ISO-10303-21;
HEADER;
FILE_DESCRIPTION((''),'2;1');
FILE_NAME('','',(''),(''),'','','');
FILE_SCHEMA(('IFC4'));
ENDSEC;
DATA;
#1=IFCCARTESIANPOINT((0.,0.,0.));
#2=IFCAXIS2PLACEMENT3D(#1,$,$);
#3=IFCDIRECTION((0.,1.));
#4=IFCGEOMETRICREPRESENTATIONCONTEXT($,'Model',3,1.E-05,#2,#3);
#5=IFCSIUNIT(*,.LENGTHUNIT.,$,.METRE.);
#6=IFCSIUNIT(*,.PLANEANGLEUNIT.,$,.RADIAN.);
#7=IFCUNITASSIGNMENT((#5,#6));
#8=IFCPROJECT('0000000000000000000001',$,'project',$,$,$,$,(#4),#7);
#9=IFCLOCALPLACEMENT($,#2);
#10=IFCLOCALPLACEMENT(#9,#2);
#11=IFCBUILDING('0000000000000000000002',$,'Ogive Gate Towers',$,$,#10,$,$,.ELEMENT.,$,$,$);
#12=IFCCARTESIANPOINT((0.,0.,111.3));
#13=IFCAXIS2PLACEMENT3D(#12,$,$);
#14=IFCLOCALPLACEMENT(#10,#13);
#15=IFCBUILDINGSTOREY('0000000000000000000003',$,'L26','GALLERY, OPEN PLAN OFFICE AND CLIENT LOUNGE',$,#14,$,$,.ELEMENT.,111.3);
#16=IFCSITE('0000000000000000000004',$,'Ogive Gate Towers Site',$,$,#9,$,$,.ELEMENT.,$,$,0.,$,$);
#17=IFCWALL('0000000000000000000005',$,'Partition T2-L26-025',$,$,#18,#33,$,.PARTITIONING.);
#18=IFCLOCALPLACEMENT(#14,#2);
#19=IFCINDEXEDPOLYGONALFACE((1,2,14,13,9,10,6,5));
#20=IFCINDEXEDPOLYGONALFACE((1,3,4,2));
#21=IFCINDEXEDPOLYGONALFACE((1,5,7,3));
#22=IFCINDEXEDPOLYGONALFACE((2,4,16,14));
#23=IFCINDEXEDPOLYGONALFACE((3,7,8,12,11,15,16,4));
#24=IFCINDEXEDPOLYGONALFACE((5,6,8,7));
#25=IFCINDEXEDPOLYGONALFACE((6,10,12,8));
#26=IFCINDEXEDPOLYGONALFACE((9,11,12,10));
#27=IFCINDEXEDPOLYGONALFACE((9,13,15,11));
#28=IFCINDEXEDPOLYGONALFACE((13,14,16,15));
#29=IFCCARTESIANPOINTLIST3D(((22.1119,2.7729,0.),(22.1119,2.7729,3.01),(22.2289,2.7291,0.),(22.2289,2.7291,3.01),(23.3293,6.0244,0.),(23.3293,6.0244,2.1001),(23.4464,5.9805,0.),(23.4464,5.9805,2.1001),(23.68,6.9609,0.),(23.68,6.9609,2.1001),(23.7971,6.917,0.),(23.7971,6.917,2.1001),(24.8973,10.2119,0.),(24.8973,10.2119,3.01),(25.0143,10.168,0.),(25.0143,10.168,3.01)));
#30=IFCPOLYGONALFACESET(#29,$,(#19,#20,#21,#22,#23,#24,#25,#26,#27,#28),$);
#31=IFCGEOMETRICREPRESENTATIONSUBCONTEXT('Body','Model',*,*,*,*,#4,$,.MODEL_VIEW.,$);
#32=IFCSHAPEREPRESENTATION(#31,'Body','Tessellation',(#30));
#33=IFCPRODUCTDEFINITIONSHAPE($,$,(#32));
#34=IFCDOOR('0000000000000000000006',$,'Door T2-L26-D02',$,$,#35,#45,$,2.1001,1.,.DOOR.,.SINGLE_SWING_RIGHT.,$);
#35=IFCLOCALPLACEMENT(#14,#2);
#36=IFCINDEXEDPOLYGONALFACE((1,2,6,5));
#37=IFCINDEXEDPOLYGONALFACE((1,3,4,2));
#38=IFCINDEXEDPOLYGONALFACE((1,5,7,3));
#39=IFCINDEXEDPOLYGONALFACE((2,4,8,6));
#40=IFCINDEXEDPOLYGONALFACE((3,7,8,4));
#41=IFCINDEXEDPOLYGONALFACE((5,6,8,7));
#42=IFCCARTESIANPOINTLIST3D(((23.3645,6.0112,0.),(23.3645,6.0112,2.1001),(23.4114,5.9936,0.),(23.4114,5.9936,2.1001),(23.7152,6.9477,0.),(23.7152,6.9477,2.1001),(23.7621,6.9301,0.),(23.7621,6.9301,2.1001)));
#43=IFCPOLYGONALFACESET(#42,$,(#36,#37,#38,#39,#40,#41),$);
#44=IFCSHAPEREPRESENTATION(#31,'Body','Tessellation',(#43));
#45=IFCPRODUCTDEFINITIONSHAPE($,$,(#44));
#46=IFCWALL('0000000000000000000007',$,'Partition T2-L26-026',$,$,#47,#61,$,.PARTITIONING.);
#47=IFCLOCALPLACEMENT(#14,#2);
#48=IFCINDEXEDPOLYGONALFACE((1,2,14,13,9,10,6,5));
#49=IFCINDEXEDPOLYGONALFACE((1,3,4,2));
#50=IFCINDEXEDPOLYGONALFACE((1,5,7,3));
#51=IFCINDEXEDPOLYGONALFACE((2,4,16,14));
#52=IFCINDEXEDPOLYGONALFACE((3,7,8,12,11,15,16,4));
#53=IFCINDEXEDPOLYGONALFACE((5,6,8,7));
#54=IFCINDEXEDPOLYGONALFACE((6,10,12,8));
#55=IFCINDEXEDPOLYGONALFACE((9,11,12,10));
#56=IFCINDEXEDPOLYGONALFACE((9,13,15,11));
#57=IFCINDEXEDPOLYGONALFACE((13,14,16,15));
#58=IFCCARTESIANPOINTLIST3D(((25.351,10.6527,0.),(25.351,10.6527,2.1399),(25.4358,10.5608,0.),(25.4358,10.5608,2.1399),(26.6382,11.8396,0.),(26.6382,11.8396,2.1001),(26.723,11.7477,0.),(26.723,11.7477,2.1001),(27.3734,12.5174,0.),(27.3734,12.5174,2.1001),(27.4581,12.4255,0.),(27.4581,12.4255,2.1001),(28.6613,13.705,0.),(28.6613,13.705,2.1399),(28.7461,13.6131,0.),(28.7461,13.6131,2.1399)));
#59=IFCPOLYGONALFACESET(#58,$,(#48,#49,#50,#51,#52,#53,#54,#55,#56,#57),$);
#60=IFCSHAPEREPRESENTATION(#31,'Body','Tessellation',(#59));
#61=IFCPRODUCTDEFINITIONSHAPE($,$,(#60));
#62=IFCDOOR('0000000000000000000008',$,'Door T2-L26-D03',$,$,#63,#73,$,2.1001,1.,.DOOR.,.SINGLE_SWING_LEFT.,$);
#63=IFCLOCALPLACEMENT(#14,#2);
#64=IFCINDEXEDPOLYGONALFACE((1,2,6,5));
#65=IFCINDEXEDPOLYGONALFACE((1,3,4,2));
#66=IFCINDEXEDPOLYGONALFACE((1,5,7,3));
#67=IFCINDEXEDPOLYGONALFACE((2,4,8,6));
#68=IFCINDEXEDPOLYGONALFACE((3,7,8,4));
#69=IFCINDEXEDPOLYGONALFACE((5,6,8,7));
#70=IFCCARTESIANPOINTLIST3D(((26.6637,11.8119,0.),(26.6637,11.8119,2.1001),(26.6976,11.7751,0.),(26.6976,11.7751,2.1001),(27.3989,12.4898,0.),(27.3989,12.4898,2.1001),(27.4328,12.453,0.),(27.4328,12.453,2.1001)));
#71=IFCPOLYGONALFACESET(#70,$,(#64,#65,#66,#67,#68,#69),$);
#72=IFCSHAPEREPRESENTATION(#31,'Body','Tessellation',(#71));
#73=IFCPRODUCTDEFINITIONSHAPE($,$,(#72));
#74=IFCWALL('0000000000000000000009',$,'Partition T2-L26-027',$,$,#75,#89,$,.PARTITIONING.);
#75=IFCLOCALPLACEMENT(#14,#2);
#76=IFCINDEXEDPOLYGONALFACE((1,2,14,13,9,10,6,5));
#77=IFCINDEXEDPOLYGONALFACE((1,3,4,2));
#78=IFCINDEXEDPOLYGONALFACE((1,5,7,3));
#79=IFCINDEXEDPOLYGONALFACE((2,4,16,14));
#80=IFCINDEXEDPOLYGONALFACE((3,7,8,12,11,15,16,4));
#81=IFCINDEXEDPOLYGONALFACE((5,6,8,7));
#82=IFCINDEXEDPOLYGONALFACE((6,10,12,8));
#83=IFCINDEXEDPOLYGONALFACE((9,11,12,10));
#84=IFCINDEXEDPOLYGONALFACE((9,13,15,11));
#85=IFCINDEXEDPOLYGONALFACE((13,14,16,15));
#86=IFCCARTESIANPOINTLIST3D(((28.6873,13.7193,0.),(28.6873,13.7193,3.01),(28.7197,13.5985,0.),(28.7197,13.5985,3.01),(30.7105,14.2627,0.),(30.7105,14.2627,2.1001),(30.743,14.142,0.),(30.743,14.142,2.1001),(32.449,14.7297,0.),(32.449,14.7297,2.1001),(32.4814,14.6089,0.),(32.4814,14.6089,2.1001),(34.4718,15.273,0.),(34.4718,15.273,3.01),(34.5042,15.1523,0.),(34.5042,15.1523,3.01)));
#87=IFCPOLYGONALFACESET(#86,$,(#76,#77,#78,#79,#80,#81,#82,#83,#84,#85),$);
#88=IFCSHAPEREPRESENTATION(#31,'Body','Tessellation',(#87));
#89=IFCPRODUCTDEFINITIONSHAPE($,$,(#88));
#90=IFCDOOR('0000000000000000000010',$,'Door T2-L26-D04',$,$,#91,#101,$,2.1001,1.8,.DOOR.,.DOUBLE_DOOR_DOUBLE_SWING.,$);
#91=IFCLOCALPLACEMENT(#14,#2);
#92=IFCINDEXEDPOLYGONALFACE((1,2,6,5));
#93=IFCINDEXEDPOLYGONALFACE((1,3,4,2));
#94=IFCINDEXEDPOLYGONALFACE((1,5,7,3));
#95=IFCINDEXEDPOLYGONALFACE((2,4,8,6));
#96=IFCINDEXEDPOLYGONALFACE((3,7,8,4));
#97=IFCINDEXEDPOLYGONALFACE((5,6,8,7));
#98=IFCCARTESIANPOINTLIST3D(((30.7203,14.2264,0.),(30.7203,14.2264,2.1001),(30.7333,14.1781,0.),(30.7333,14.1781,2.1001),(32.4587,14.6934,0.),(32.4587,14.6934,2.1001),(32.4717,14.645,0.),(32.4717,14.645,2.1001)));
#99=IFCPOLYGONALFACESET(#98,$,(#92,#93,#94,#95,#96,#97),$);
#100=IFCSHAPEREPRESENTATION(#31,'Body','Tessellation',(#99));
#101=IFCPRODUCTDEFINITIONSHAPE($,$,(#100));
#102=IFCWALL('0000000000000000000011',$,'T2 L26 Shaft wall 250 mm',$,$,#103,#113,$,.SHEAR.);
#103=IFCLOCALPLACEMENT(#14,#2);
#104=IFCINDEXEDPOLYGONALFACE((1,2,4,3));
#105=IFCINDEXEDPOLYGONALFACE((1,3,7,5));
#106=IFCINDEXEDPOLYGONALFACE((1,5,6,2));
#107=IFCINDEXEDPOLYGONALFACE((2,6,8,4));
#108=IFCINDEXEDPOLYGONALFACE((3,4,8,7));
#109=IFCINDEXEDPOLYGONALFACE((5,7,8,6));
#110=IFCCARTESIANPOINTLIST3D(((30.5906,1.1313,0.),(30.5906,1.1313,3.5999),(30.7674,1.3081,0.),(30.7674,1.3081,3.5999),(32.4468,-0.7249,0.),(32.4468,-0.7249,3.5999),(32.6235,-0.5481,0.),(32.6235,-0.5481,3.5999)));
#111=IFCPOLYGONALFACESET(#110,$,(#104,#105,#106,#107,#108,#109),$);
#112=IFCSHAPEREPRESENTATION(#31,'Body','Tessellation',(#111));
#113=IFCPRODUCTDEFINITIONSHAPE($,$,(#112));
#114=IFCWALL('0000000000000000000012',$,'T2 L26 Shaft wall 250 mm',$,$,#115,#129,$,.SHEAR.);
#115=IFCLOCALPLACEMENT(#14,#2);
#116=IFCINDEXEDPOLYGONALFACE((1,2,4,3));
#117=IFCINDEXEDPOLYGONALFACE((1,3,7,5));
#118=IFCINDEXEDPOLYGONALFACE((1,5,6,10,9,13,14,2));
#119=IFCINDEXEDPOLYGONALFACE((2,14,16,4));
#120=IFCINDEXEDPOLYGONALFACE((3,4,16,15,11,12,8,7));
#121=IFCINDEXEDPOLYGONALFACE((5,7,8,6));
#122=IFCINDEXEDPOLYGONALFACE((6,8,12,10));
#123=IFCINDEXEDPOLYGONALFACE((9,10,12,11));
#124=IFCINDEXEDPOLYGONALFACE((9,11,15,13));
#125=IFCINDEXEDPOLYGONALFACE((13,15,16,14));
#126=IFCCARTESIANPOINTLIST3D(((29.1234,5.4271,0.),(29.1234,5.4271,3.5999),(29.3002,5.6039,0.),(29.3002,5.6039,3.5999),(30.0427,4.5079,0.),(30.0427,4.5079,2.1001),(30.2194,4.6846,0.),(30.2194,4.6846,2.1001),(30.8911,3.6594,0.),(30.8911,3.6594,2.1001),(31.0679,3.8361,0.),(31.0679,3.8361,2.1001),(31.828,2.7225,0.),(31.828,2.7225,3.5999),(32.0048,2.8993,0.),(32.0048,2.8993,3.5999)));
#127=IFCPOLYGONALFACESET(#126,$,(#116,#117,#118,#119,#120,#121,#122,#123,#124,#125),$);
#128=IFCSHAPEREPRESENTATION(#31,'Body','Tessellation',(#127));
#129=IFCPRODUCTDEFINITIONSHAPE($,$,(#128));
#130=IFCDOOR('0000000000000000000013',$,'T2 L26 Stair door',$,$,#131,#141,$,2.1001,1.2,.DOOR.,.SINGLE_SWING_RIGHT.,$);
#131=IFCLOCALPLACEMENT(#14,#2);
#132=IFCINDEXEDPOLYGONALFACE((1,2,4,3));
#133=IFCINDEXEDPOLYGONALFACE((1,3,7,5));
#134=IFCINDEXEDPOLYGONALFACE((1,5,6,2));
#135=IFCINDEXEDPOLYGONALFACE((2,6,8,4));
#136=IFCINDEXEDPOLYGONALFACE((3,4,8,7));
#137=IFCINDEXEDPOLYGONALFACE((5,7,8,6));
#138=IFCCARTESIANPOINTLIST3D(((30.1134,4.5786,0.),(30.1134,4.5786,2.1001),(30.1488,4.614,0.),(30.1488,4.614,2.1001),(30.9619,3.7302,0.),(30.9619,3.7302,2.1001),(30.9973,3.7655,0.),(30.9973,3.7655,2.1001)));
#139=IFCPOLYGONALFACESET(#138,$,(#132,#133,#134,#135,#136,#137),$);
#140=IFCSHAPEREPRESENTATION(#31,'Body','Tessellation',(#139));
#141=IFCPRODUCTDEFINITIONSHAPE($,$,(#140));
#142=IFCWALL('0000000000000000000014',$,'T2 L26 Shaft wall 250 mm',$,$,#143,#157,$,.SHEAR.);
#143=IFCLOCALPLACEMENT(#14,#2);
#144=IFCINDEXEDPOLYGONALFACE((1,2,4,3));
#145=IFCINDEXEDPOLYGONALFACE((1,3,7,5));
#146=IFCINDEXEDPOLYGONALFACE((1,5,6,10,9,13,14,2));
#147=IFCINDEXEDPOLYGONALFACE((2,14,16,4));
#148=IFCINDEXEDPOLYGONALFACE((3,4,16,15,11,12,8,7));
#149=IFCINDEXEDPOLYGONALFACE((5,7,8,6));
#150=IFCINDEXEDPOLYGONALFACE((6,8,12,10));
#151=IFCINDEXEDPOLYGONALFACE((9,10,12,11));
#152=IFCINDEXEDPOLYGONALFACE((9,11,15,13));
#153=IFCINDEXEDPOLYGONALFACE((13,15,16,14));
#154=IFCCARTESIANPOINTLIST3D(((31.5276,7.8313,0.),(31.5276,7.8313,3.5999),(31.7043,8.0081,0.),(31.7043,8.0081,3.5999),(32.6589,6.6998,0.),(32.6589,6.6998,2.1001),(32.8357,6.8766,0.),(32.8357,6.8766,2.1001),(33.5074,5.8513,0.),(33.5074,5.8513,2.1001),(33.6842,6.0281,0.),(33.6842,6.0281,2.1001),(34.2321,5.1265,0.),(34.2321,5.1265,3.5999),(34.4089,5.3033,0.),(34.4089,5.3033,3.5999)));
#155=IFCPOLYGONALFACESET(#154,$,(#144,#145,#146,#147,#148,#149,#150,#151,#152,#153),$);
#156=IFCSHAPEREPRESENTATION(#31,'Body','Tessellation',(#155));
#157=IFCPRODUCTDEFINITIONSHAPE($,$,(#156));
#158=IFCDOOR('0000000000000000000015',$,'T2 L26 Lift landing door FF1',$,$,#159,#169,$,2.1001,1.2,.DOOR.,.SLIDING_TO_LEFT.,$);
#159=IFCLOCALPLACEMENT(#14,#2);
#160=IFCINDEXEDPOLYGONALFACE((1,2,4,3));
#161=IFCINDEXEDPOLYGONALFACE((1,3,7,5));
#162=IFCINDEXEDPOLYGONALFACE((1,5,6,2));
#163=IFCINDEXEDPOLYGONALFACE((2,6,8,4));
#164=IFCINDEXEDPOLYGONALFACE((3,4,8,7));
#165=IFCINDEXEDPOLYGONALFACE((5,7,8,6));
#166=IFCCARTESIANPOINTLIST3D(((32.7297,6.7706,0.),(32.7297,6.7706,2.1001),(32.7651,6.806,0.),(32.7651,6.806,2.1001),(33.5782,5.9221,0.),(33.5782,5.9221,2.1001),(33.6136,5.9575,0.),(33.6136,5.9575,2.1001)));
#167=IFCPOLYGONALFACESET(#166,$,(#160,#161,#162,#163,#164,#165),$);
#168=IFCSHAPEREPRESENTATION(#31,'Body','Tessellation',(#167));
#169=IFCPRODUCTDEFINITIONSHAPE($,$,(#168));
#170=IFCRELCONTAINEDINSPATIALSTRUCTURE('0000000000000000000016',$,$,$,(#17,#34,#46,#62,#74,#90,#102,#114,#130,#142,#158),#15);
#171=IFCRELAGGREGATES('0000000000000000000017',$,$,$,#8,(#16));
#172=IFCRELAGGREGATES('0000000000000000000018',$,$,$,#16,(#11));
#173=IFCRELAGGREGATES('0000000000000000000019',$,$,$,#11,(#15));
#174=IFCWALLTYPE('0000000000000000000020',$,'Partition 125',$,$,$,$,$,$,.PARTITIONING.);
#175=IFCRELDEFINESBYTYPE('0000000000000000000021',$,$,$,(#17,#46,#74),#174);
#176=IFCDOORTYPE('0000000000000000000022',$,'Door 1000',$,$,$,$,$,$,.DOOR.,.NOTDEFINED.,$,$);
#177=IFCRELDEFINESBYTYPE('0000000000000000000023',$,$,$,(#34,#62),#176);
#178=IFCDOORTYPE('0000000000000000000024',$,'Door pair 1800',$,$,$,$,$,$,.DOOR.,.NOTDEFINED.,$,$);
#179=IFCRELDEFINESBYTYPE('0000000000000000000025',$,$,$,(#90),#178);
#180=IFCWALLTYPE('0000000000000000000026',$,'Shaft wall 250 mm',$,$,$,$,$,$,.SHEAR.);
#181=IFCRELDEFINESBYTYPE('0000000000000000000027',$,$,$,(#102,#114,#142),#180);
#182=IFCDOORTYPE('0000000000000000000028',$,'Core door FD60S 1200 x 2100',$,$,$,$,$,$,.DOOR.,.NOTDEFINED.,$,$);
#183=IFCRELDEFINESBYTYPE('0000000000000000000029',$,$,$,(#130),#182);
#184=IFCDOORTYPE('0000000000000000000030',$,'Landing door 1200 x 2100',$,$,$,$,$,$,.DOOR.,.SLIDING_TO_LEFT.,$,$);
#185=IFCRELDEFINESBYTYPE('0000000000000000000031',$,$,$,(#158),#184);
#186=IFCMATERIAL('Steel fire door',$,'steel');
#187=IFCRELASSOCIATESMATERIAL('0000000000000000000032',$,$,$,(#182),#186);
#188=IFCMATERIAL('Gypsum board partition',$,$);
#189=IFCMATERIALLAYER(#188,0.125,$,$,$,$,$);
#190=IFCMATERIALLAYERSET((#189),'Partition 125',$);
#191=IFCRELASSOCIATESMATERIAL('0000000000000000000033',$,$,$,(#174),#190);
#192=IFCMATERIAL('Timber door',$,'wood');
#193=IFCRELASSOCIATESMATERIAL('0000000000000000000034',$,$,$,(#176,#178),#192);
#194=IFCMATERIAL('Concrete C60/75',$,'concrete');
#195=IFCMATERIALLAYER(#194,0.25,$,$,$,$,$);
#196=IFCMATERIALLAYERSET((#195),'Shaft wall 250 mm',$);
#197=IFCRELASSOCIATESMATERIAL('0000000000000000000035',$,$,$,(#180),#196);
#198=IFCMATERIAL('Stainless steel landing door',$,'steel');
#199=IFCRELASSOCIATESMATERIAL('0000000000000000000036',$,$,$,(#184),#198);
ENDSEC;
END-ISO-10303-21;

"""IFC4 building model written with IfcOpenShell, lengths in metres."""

from ifc_helpers import new_model, si_unit, direction, frame, frame_2d, origin, place, context, subcontext, project, spatial, rectangle, extrude, material, layer, layer_set, type_object, element, fill, save


model = new_model("IFC4")

# Units and contexts
model_context = context("Model", 3, precision=1e-05, world=origin(), true_north=direction((0.0, 1.0)))
body_context = subcontext(model_context, "Body", "Model", "MODEL_VIEW")
ifc_project = project(units=[si_unit("LENGTHUNIT", "METRE"), si_unit("PLANEANGLEUNIT", "RADIAN")], contexts=[model_context])

# Site, building, storey
site_placement = place(None, origin())
site = spatial("IfcSite", under=ifc_project, at=site_placement, Name="Ogive Gate Towers Site", CompositionType="ELEMENT", RefElevation=0.0)
building_placement = place(site_placement, origin())
building = spatial("IfcBuilding", under=site, at=building_placement, Name="Ogive Gate Towers", CompositionType="ELEMENT")
storey_placement = place(building_placement, frame((0.0, 0.0, 111.3)))
storey = spatial("IfcBuildingStorey", under=building, at=storey_placement, Name="L26", Description="GALLERY, OPEN PLAN OFFICE AND CLIENT LOUNGE", CompositionType="ELEMENT", Elevation=111.3)

# Shared definitions
ifc_material_1 = material(Name="Concrete C60/75", Category="concrete")
ifc_material_2 = material(Name="Timber door", Category="wood")
ifc_material_3 = material(Name="Steel fire door", Category="steel")
door_type_1 = type_object("IfcDoorType", Name="Core door FD60S 1200 x 2100", OperationType="NOTDEFINED", PredefinedType="DOOR", material=ifc_material_3)

# Shared definitions
ifc_material_4 = material(Name="Gypsum board partition")
ifc_layer_1 = layer(ifc_material_4, 0.125)
ifc_layer_set_1 = layer_set([ifc_layer_1], Name="Partition 125")
wall_type_1 = type_object("IfcWallType", Name="Partition 125", PredefinedType="PARTITIONING", material=ifc_layer_set_1)

# Walls, openings, doors
wall_1_placement = place(storey_placement, frame((22.1704, 2.751, 0.0), z_axis=(0.0, 0.0, 1.0), x_axis=(0.350659, 0.936503, 0.0)))
wall_1 = element("IfcWall", 1, at=wall_1_placement, inside=storey, type_object=wall_type_1, Name="Partition T2-L26-025", PredefinedType="PARTITIONING", context=body_context, shape_type="SweptSolid", body=[
    extrude(rectangle(XDim=7.9434, YDim=0.125, at=frame_2d((3.9717, 0.0))), origin(), (0.0, 0.0, 1.0), 3.01),
])
opening_1_placement = place(wall_1_placement, frame((3.4719, 0.0, 0.0)))
opening_1 = element("IfcOpeningElement", 2, at=opening_1_placement, cuts=wall_1, PredefinedType="OPENING", context=body_context, shape_type="SweptSolid", body=[
    extrude(rectangle(XDim=1.0, YDim=2.1001, at=frame_2d((0.5, 1.05))), frame((0.0, 0.0725, 0.0), z_axis=(0.0, -1.0, 0.0), x_axis=(1.0, 0.0, 0.0)), (0.0, 0.0, 1.0), 0.145),
])
door_type_2 = type_object("IfcDoorType", Name="Door 1000", OperationType="NOTDEFINED", PredefinedType="DOOR", material=ifc_material_2)
door_1_placement = place(opening_1_placement, origin())
door_1 = element("IfcDoor", 3, at=door_1_placement, inside=storey, type_object=door_type_2, Name="Door T2-L26-D02", OperationType="SINGLE_SWING_RIGHT", OverallHeight=2.1001, OverallWidth=1.0, PredefinedType="DOOR", context=body_context, shape_type="SweptSolid", body=[
    extrude(rectangle(XDim=1.0, YDim=2.1001, at=frame_2d((0.5, 1.05))), frame((0.0, 0.0249, 0.0), z_axis=(0.0, -1.0, 0.0), x_axis=(1.0, 0.0, 0.0)), (0.0, 0.0, 1.0), 0.05),
])
fill(opening_1, door_1)
wall_2_placement = place(storey_placement, frame((25.3933, 10.6067, 0.0), z_axis=(0.0, 0.0, 1.0), x_axis=(0.735182, 0.67787, 0.0)))
wall_2 = element("IfcWall", 4, at=wall_2_placement, inside=storey, type_object=wall_type_1, Name="Partition T2-L26-026", PredefinedType="PARTITIONING", context=body_context, shape_type="SweptSolid", body=[
    extrude(rectangle(XDim=4.5027, YDim=0.125, at=frame_2d((2.2515, 0.0))), origin(), (0.0, 0.0, 1.0), 2.1399),
])
opening_2_placement = place(wall_2_placement, frame((1.751, 0.0, 0.0)))
opening_2 = element("IfcOpeningElement", 5, at=opening_2_placement, cuts=wall_2, PredefinedType="OPENING", context=body_context, shape_type="SweptSolid", body=[
    extrude(rectangle(XDim=1.0, YDim=2.1001, at=frame_2d((0.5, 1.05))), frame((0.0, 0.0725, 0.0), z_axis=(0.0, -1.0, 0.0), x_axis=(1.0, 0.0, 0.0)), (0.0, 0.0, 1.0), 0.145),
])
door_2_placement = place(opening_2_placement, origin())
door_2 = element("IfcDoor", 6, at=door_2_placement, inside=storey, type_object=door_type_2, Name="Door T2-L26-D03", OperationType="SINGLE_SWING_LEFT", OverallHeight=2.1001, OverallWidth=1.0, PredefinedType="DOOR", context=body_context, shape_type="SweptSolid", body=[
    extrude(rectangle(XDim=1.0, YDim=2.1001, at=frame_2d((0.5, 1.05))), frame((0.0, 0.0249, 0.0), z_axis=(0.0, -1.0, 0.0), x_axis=(1.0, 0.0, 0.0)), (0.0, 0.0, 1.0), 0.05),
])
fill(opening_2, door_2)
wall_3_placement = place(storey_placement, frame((28.7036, 13.6589, 0.0), z_axis=(0.0, 0.0, 1.0), x_axis=(0.965768, 0.259408, 0.0)))
wall_3 = element("IfcWall", 7, at=wall_3_placement, inside=storey, type_object=wall_type_1, Name="Partition T2-L26-027", PredefinedType="PARTITIONING", context=body_context, shape_type="SweptSolid", body=[
    extrude(rectangle(XDim=5.9895, YDim=0.125, at=frame_2d((2.9946, 0.0))), origin(), (0.0, 0.0, 1.0), 3.01),
])
opening_3_placement = place(wall_3_placement, frame((2.095, 0.0, 0.0)))
opening_3 = element("IfcOpeningElement", 8, at=opening_3_placement, cuts=wall_3, PredefinedType="OPENING", context=body_context, shape_type="SweptSolid", body=[
    extrude(rectangle(XDim=1.8, YDim=2.1001, at=frame_2d((0.8999, 1.05))), frame((0.0, 0.0725, 0.0), z_axis=(0.0, -1.0, 0.0), x_axis=(1.0, 0.0, 0.0)), (0.0, 0.0, 1.0), 0.145),
])
door_type_3 = type_object("IfcDoorType", Name="Door pair 1800", OperationType="NOTDEFINED", PredefinedType="DOOR", material=ifc_material_2)
door_3_placement = place(opening_3_placement, origin())
door_3 = element("IfcDoor", 9, at=door_3_placement, inside=storey, type_object=door_type_3, Name="Door T2-L26-D04", OperationType="DOUBLE_DOOR_DOUBLE_SWING", OverallHeight=2.1001, OverallWidth=1.8, PredefinedType="DOOR", context=body_context, shape_type="SweptSolid", body=[
    extrude(rectangle(XDim=1.8, YDim=2.1001, at=frame_2d((0.8999, 1.05))), frame((0.0, 0.0249, 0.0), z_axis=(0.0, -1.0, 0.0), x_axis=(1.0, 0.0, 0.0)), (0.0, 0.0, 1.0), 0.05),
])
fill(opening_3, door_3)

# Wall
ifc_layer_2 = layer(ifc_material_1, 0.25)
ifc_layer_set_2 = layer_set([ifc_layer_2], Name="Shaft wall 250 mm")
wall_type_2 = type_object("IfcWallType", Name="Shaft wall 250 mm", PredefinedType="SHEAR", material=ifc_layer_set_2)
wall_4_placement = place(storey_placement, frame((32.5352, -0.6365, 0.0), z_axis=(0.0, 0.0, 1.0), x_axis=(-0.707107, 0.707107, 0.0)))
element("IfcWall", 10, at=wall_4_placement, inside=storey, type_object=wall_type_2, Name="T2 L26 Shaft wall 250 mm", PredefinedType="SHEAR", context=body_context, shape_type="SweptSolid", body=[
    extrude(rectangle(XDim=2.625, YDim=0.25, at=frame_2d((1.3125, 0.0))), origin(), (0.0, 0.0, 1.0), 3.5999),
])

# Walls, openings, doors
wall_5_placement = place(storey_placement, frame((31.9165, 2.8108, 0.0), z_axis=(0.0, 0.0, 1.0), x_axis=(-0.707107, 0.707107, 0.0)))
wall_5 = element("IfcWall", 11, at=wall_5_placement, inside=storey, type_object=wall_type_2, Name="T2 L26 Shaft wall 250 mm", PredefinedType="SHEAR", context=body_context, shape_type="SweptSolid", body=[
    extrude(rectangle(XDim=3.825, YDim=0.25, at=frame_2d((1.9126, 0.0))), origin(), (0.0, 0.0, 1.0), 3.5999),
])
opening_4_placement = place(wall_5_placement, frame((1.325, 0.0, 0.0)))
opening_4 = element("IfcOpeningElement", 12, at=opening_4_placement, cuts=wall_5, PredefinedType="OPENING", context=body_context, shape_type="SweptSolid", body=[
    extrude(rectangle(XDim=1.2, YDim=2.1001, at=frame_2d((0.6001, 1.05))), frame((0.0, 0.135, 0.0), z_axis=(0.0, -1.0, 0.0), x_axis=(1.0, 0.0, 0.0)), (0.0, 0.0, 1.0), 0.27),
])
door_4_placement = place(opening_4_placement, origin())
door_4 = element("IfcDoor", 13, at=door_4_placement, inside=storey, type_object=door_type_1, Name="T2 L26 Stair door", OperationType="SINGLE_SWING_RIGHT", OverallHeight=2.1001, OverallWidth=1.2, PredefinedType="DOOR", context=body_context, shape_type="SweptSolid", body=[
    extrude(rectangle(XDim=1.2, YDim=2.1001, at=frame_2d((0.6001, 1.05))), frame((0.0, 0.0249, 0.0), z_axis=(0.0, -1.0, 0.0), x_axis=(1.0, 0.0, 0.0)), (0.0, 0.0, 1.0), 0.05),
])
fill(opening_4, door_4)
wall_6_placement = place(storey_placement, frame((34.3206, 5.2148, 0.0), z_axis=(0.0, 0.0, 1.0), x_axis=(-0.707075, 0.707139, 0.0)))
wall_6 = element("IfcWall", 14, at=wall_6_placement, inside=storey, type_object=wall_type_2, Name="T2 L26 Shaft wall 250 mm", PredefinedType="SHEAR", context=body_context, shape_type="SweptSolid", body=[
    extrude(rectangle(XDim=3.825, YDim=0.25, at=frame_2d((1.9126, 0.0))), origin(), (0.0, 0.0, 1.0), 3.5999),
])
opening_5_placement = place(wall_6_placement, frame((1.0249, 0.0, 0.0)))
opening_5 = element("IfcOpeningElement", 15, at=opening_5_placement, cuts=wall_6, PredefinedType="OPENING", context=body_context, shape_type="SweptSolid", body=[
    extrude(rectangle(XDim=1.2, YDim=2.1001, at=frame_2d((0.6001, 1.05))), frame((0.0, 0.135, 0.0), z_axis=(0.0, -1.0, 0.0), x_axis=(1.0, 0.0, 0.0)), (0.0, 0.0, 1.0), 0.27),
])
ifc_material_5 = material(Name="Stainless steel landing door", Category="steel")
door_type_4 = type_object("IfcDoorType", Name="Landing door 1200 x 2100", OperationType="SLIDING_TO_LEFT", PredefinedType="DOOR", material=ifc_material_5)
door_5_placement = place(opening_5_placement, origin())
door_5 = element("IfcDoor", 16, at=door_5_placement, inside=storey, type_object=door_type_4, Name="T2 L26 Lift landing door FF1", OperationType="SLIDING_TO_LEFT", OverallHeight=2.1001, OverallWidth=1.2, PredefinedType="DOOR", context=body_context, shape_type="SweptSolid", body=[
    extrude(rectangle(XDim=1.2, YDim=2.1001, at=frame_2d((0.6001, 1.05))), frame((0.0, 0.0249, 0.0), z_axis=(0.0, -1.0, 0.0), x_axis=(1.0, 0.0, 0.0)), (0.0, 0.0, 1.0), 0.05),
])
fill(opening_5, door_5)

save(model, "model.ifc")
